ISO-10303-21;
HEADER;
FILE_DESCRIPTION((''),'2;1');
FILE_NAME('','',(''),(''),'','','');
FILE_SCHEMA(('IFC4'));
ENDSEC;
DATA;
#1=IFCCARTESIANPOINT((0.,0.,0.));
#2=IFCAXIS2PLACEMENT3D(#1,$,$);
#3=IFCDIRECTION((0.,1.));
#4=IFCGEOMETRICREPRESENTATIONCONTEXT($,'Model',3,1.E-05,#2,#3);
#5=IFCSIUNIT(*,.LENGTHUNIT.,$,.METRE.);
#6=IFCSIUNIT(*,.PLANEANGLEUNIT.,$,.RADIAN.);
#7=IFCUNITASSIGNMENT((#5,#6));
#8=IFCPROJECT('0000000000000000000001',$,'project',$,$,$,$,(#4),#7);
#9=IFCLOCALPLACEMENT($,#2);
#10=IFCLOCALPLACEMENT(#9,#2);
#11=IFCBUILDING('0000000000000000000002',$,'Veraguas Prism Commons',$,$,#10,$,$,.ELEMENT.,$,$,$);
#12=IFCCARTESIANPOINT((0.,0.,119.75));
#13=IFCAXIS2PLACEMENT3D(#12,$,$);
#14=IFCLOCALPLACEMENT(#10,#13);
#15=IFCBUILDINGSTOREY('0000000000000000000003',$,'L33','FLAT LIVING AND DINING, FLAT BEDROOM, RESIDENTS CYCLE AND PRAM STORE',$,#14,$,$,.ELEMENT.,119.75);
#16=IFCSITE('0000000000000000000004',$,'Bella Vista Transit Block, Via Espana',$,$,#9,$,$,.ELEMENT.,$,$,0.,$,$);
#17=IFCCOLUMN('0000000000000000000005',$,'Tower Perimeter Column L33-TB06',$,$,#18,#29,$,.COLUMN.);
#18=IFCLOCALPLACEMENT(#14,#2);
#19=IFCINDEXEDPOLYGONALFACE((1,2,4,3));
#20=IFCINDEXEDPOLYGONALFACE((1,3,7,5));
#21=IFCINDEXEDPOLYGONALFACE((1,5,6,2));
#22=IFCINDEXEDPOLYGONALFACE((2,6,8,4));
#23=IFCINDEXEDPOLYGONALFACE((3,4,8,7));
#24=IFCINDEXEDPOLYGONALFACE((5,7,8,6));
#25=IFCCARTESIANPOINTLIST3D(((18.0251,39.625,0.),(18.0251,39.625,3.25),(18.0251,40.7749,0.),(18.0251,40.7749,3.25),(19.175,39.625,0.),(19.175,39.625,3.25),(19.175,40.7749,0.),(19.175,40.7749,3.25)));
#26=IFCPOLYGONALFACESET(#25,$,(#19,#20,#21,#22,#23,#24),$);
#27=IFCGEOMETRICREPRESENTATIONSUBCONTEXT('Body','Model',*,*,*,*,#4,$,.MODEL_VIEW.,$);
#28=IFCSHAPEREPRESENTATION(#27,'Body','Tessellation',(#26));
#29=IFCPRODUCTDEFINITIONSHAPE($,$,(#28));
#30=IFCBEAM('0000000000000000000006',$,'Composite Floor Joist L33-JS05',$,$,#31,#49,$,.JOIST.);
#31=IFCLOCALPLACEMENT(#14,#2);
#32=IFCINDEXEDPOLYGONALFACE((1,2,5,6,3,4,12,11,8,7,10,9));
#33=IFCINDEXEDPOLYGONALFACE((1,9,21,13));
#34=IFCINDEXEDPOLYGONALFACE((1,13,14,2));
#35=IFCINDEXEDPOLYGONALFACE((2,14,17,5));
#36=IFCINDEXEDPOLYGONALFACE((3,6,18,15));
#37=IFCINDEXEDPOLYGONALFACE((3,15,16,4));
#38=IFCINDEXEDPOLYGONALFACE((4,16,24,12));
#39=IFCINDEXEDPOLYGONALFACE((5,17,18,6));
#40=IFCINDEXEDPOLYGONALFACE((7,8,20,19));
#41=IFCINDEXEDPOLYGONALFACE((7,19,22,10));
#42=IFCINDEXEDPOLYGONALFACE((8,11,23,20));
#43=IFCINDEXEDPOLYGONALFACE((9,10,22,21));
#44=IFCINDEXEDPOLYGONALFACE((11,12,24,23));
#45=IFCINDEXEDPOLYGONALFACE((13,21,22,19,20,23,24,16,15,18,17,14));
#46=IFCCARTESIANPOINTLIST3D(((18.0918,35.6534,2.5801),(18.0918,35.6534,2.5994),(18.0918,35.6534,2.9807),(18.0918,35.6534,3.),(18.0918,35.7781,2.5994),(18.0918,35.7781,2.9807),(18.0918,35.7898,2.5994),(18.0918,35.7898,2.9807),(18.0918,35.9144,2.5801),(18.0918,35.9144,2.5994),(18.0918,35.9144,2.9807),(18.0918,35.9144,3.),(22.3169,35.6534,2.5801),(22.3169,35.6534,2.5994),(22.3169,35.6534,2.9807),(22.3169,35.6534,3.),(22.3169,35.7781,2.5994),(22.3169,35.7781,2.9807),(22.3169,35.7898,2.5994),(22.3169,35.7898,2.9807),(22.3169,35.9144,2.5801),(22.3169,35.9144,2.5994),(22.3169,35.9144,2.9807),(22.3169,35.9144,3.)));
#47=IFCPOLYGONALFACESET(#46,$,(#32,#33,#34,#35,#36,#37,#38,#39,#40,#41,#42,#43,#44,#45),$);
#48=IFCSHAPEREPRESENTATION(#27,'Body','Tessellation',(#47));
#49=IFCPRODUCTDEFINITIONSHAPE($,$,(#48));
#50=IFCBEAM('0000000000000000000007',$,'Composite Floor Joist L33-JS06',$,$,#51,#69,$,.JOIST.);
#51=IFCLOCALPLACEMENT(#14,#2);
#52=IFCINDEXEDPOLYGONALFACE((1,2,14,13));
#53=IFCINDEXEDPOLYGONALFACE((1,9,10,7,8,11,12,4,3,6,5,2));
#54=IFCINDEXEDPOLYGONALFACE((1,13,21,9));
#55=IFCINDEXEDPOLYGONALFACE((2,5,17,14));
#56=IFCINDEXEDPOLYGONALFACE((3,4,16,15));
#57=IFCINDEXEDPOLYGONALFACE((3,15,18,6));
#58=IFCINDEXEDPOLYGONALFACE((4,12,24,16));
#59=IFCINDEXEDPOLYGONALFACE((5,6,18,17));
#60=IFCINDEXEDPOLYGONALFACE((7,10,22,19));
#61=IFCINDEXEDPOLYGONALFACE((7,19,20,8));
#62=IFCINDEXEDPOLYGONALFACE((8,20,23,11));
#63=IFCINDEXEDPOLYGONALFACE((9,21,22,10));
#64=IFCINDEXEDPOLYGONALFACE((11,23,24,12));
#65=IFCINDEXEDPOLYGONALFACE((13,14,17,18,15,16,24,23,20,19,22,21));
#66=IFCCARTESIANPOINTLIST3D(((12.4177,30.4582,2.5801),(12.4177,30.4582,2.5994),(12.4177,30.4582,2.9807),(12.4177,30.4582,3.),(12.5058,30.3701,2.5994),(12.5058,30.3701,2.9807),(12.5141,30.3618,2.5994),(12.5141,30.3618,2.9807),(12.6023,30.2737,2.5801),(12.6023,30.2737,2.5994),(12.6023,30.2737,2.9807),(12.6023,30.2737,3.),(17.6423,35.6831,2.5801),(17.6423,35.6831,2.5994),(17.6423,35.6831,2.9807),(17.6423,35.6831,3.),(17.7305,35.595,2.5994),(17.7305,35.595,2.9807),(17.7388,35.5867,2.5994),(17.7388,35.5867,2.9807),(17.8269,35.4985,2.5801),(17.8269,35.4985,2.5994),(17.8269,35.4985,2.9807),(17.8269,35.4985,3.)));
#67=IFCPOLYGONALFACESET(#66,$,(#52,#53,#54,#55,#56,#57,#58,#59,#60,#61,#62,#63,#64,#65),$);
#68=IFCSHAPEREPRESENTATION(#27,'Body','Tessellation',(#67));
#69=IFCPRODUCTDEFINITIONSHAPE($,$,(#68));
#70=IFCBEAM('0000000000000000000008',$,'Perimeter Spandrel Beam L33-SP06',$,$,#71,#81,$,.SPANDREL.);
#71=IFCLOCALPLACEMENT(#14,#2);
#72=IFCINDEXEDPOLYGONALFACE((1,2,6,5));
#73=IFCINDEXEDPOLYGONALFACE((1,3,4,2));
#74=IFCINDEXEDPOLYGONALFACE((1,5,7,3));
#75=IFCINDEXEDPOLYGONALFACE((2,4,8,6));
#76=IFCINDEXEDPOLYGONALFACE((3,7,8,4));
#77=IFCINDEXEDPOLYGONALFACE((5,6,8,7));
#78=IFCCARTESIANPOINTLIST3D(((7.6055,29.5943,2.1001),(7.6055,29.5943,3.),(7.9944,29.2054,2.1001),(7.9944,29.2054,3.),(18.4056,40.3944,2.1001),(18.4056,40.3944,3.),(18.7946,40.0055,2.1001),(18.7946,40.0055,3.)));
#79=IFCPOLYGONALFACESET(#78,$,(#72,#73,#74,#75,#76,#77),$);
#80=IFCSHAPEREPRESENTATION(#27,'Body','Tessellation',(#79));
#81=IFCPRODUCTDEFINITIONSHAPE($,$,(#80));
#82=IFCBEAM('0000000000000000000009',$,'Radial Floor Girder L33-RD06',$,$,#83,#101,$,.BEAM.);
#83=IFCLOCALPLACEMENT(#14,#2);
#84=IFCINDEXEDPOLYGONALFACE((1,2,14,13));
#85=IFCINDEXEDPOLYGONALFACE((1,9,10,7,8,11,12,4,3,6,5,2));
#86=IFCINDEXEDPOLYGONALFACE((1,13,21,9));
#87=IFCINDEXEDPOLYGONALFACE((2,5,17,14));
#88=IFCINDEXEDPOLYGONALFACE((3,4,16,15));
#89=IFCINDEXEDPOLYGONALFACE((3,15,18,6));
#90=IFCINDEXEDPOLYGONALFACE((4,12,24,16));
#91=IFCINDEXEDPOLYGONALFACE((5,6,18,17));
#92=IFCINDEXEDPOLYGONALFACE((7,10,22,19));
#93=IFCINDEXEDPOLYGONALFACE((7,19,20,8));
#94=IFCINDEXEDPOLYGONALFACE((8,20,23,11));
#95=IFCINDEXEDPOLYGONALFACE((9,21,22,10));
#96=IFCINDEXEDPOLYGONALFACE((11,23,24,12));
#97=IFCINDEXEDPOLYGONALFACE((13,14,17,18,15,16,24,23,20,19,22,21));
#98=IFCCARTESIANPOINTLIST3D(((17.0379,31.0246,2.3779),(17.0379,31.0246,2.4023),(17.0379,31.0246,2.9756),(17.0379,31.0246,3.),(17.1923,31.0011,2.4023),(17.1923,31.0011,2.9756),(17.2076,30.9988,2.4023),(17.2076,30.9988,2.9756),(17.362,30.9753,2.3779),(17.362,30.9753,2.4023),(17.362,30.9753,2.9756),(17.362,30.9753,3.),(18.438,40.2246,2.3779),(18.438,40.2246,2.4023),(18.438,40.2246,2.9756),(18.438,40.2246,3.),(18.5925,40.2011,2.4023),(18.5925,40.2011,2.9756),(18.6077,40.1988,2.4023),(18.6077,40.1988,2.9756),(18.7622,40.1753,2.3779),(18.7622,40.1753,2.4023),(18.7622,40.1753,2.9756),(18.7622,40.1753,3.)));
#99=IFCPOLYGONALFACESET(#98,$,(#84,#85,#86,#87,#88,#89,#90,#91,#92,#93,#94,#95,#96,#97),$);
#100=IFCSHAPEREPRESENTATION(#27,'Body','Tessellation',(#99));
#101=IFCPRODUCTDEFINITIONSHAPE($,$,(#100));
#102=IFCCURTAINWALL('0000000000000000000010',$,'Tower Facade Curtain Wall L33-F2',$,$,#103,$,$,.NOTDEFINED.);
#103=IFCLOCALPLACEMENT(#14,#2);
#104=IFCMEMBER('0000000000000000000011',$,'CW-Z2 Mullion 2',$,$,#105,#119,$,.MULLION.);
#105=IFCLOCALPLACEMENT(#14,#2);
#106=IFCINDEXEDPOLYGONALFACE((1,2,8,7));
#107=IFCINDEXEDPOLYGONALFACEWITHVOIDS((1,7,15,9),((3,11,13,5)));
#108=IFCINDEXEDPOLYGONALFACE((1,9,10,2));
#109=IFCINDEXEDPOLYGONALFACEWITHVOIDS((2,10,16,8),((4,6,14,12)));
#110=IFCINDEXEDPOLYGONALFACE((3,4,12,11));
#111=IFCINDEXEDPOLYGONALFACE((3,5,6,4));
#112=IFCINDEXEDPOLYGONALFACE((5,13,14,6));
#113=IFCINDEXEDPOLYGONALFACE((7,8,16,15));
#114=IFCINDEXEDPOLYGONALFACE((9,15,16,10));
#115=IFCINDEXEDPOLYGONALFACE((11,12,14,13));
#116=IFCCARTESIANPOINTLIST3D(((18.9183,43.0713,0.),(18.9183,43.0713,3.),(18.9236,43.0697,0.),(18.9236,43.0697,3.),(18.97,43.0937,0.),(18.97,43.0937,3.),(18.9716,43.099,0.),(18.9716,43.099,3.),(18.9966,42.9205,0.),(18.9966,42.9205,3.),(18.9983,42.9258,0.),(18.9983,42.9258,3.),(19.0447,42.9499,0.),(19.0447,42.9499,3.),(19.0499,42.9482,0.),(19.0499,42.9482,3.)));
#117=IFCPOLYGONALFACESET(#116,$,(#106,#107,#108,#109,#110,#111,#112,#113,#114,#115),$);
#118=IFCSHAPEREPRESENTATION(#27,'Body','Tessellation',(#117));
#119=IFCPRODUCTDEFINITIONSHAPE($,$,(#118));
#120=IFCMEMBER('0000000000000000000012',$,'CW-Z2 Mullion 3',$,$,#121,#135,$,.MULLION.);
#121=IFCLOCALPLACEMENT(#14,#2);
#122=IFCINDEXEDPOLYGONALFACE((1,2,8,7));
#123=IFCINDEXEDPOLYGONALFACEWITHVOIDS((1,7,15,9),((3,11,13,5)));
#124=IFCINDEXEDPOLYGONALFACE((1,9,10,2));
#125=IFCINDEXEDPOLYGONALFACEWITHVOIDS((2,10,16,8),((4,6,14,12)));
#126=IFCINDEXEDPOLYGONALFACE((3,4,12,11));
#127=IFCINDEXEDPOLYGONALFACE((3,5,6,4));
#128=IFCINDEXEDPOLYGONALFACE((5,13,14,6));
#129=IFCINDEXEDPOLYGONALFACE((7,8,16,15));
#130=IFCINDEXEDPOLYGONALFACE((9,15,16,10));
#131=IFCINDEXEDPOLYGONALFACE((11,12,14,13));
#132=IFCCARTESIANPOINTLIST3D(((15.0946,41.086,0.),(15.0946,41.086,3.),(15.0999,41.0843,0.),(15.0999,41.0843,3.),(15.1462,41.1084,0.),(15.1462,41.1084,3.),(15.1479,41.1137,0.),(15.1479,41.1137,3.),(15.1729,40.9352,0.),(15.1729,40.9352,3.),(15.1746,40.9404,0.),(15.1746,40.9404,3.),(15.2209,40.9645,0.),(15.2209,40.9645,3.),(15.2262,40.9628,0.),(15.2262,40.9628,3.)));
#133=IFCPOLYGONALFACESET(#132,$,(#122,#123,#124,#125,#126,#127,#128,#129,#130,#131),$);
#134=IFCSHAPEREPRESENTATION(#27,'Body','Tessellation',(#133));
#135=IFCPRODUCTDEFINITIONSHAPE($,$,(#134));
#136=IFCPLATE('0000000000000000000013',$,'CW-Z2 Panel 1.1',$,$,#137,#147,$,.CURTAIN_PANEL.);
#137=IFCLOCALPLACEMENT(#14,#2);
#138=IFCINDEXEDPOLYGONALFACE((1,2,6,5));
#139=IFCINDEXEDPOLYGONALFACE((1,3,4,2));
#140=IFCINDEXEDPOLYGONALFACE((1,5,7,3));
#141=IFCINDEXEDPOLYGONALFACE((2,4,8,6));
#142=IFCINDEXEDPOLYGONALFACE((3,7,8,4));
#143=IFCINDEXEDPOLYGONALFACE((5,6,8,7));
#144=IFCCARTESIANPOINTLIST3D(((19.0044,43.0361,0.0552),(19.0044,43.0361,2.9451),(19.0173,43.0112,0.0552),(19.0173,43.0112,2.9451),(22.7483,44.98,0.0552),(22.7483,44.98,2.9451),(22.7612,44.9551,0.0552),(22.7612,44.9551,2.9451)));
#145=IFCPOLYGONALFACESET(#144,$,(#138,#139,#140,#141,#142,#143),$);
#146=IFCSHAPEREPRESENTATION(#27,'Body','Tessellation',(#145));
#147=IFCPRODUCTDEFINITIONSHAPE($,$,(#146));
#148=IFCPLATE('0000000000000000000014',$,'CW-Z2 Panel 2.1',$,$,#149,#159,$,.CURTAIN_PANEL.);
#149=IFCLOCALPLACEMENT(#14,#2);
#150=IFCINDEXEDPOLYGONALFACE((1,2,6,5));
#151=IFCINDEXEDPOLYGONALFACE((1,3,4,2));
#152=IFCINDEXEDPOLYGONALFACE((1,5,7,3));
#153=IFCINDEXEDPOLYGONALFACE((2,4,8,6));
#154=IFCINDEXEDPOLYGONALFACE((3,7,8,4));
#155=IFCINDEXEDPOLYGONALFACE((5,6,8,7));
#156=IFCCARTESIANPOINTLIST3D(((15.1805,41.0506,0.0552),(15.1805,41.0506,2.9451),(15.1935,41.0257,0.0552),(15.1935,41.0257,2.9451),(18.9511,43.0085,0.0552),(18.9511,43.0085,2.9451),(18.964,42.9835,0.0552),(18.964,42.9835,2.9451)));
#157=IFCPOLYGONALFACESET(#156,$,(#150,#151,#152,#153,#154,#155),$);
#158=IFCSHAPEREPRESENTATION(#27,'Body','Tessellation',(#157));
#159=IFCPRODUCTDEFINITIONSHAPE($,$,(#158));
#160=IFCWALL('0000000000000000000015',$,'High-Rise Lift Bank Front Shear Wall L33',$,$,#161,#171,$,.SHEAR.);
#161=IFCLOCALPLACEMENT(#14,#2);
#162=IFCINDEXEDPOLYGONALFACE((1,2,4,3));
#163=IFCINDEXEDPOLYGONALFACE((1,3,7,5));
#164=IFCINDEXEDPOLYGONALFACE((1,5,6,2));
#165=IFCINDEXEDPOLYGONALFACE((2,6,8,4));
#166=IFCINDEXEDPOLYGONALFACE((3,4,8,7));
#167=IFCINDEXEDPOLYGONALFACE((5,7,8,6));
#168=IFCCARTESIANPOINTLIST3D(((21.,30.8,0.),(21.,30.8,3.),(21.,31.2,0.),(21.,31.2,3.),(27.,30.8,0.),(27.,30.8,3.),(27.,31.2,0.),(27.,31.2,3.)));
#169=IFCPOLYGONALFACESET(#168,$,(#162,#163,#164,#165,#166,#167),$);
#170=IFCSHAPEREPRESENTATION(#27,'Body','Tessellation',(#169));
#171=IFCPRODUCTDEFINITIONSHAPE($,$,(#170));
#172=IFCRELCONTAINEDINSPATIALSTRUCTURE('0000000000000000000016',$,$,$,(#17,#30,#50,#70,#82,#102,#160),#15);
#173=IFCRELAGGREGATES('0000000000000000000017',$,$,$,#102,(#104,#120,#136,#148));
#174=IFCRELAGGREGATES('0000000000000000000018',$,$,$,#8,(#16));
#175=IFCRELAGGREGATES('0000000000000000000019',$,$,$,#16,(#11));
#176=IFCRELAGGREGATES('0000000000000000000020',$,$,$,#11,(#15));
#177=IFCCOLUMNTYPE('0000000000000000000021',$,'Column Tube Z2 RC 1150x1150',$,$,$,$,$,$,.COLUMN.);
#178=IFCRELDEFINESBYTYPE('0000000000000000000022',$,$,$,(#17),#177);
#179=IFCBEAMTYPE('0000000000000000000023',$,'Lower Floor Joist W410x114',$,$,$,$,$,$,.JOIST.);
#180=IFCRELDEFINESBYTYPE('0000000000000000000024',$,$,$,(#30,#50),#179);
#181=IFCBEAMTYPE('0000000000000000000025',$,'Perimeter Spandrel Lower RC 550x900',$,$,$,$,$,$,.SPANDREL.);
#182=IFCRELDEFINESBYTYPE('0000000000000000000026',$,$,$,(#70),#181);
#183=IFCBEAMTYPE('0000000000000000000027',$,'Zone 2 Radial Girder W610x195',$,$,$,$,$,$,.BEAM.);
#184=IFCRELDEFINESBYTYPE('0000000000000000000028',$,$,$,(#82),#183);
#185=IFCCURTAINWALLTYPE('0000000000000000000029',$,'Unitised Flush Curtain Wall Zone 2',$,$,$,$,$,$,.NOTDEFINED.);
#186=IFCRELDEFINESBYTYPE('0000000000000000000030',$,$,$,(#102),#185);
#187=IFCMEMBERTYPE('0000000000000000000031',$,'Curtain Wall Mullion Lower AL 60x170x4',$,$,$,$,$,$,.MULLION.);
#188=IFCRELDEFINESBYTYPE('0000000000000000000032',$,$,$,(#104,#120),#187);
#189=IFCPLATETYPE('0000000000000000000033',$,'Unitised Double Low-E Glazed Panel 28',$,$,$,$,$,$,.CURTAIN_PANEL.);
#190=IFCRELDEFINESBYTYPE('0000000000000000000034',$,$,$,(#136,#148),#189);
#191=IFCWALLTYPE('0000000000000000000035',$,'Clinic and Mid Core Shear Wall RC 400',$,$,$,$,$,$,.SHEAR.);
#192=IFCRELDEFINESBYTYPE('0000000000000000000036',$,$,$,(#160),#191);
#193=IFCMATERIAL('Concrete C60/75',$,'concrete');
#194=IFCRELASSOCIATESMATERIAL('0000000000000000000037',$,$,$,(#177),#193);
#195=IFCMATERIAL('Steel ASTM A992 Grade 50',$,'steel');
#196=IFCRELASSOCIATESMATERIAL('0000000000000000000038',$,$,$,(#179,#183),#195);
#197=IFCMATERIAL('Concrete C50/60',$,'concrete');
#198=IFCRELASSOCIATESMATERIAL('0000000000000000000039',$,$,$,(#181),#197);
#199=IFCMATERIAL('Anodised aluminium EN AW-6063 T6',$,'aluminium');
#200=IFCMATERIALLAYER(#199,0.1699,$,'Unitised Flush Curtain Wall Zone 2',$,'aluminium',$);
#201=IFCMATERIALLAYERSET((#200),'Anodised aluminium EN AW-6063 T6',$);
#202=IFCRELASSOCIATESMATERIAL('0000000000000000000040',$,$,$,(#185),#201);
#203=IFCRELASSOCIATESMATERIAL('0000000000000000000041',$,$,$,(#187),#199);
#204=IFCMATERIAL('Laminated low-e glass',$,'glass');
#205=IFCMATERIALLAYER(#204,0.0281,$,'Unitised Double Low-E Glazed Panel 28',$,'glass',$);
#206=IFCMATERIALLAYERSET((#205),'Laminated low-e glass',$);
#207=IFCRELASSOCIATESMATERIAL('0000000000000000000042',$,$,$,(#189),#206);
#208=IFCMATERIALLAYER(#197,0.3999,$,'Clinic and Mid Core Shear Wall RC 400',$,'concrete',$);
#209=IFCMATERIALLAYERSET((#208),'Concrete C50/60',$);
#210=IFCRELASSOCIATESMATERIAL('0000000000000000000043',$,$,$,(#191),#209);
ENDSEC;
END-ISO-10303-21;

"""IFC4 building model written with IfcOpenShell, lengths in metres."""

from ifc_helpers import new_model, si_unit, direction, frame, frame_2d, origin, origin_2d, place, context, subcontext, project, spatial, rectangle, hollow_rectangle, i_section, extrude, source, transform, mapped, material, layer, layer_set, material_profile, profile_set, type_object, element, aggregate, save


model = new_model("IFC4")

# Units and contexts
model_context = context("Model", 3, precision=1e-05, world=origin(), true_north=direction((0.0, 1.0)))
body_context = subcontext(model_context, "Body", "Model", "MODEL_VIEW")
ifc_project = project(units=[si_unit("LENGTHUNIT", "METRE"), si_unit("PLANEANGLEUNIT", "RADIAN")], contexts=[model_context])

# Site, building, storey
site_placement = place(None, origin())
site = spatial("IfcSite", under=ifc_project, at=site_placement, Name="Bella Vista Transit Block, Via Espana", CompositionType="ELEMENT", RefElevation=0.0)
building_placement = place(site_placement, origin())
building = spatial("IfcBuilding", under=site, at=building_placement, Name="Veraguas Prism Commons", CompositionType="ELEMENT")
storey_placement = place(building_placement, frame((0.0, 0.0, 119.75)))
storey = spatial("IfcBuildingStorey", under=building, at=storey_placement, Name="L33", Description="FLAT LIVING AND DINING, FLAT BEDROOM, RESIDENTS CYCLE AND PRAM STORE", CompositionType="ELEMENT", Elevation=119.75)

# Column
ifc_material_1 = material(Name="Concrete C60/75", Category="concrete")
ifc_material_profile_1 = material_profile(ifc_material_1, rectangle(XDim=1.1499, YDim=1.1499, at=origin_2d()), Name="RC1150X1150")
ifc_profile_set_1 = profile_set([ifc_material_profile_1], Name="Concrete C60/75")
column_type = type_object("IfcColumnType", Name="Column Tube Z2 RC 1150x1150", PredefinedType="COLUMN", material=ifc_profile_set_1)
column_placement = place(storey_placement, frame((18.6001, 40.2, 0.0), z_axis=(0.0, 0.0, 1.0), x_axis=(1.0, 0.0, 0.0)))
element("IfcColumn", 1, at=column_placement, inside=storey, type_object=column_type, Name="Tower Perimeter Column L33-TB06", PredefinedType="COLUMN", context=body_context, shape_type="SweptSolid", body=[
    extrude(rectangle(XDim=1.1499, YDim=1.1499, at=origin_2d()), origin(), (0.0, 0.0, 1.0), 3.25),
])

# Beams
ifc_material_2 = material(Name="Steel ASTM A992 Grade 50", Category="steel")
ifc_material_profile_2 = material_profile(ifc_material_2, i_section(OverallWidth=0.261, OverallDepth=0.4199, WebThickness=0.0117, FlangeThickness=0.0193, at=origin_2d()), Name="W410X114")
ifc_profile_set_2 = profile_set([ifc_material_profile_2], Name="Steel ASTM A992 Grade 50")
beam_type_1 = type_object("IfcBeamType", Name="Lower Floor Joist W410x114", PredefinedType="JOIST", material=ifc_profile_set_2)
beam_1_placement = place(storey_placement, frame((22.3169, 35.7839, 2.79), z_axis=(-1.0, 0.0, 0.0), x_axis=(0.0, -1.0, 0.0)))
element("IfcBeam", 2, at=beam_1_placement, inside=storey, type_object=beam_type_1, Name="Composite Floor Joist L33-JS05", PredefinedType="JOIST", context=body_context, shape_type="SweptSolid", body=[
    extrude(i_section(OverallWidth=0.261, OverallDepth=0.4199, WebThickness=0.0117, FlangeThickness=0.0193, at=origin_2d()), origin(), (0.0, 0.0, 1.0), 4.2251),
])
beam_2_placement = place(storey_placement, frame((17.7346, 35.5908, 2.79), z_axis=(-0.70709, -0.707123, 0.0), x_axis=(0.707123, -0.70709, 0.0)))
element("IfcBeam", 3, at=beam_2_placement, inside=storey, type_object=beam_type_1, Name="Composite Floor Joist L33-JS06", PredefinedType="JOIST", context=body_context, shape_type="SweptSolid", body=[
    extrude(i_section(OverallWidth=0.261, OverallDepth=0.4199, WebThickness=0.0117, FlangeThickness=0.0193, at=origin_2d()), origin(), (0.0, 0.0, 1.0), 7.3889),
])
ifc_material_3 = material(Name="Concrete C50/60", Category="concrete")
ifc_material_profile_3 = material_profile(ifc_material_3, rectangle(XDim=0.55, YDim=0.8999, at=origin_2d()), Name="RC550X900")
ifc_profile_set_3 = profile_set([ifc_material_profile_3], Name="Concrete C50/60")
beam_type_2 = type_object("IfcBeamType", Name="Perimeter Spandrel Lower RC 550x900", PredefinedType="SPANDREL", material=ifc_profile_set_3)
beam_3_placement = place(storey_placement, frame((18.6001, 40.2, 2.55), z_axis=(-0.707107, -0.707107, 0.0), x_axis=(0.707107, -0.707107, 0.0)))
element("IfcBeam", 4, at=beam_3_placement, inside=storey, type_object=beam_type_2, Name="Perimeter Spandrel Beam L33-SP06", PredefinedType="SPANDREL", context=body_context, shape_type="SweptSolid", body=[
    extrude(rectangle(XDim=0.55, YDim=0.8999, at=origin_2d()), origin(), (0.0, 0.0, 1.0), 15.2737),
])
ifc_material_profile_4 = material_profile(ifc_material_2, i_section(OverallWidth=0.3279, OverallDepth=0.6221, WebThickness=0.0154, FlangeThickness=0.0244, at=origin_2d()), Name="W610X195")
ifc_profile_set_4 = profile_set([ifc_material_profile_4], Name="Steel ASTM A992 Grade 50")
beam_type_3 = type_object("IfcBeamType", Name="Zone 2 Radial Girder W610x195", PredefinedType="BEAM", material=ifc_profile_set_4)
beam_4_placement = place(storey_placement, frame((18.6001, 40.2, 2.689), z_axis=(-0.150458, -0.988616, 0.0), x_axis=(0.988616, -0.150458, 0.0)))
element("IfcBeam", 5, at=beam_4_placement, inside=storey, type_object=beam_type_3, Name="Radial Floor Girder L33-RD06", PredefinedType="BEAM", context=body_context, shape_type="SweptSolid", body=[
    extrude(i_section(OverallWidth=0.3279, OverallDepth=0.6221, WebThickness=0.0154, FlangeThickness=0.0244, at=origin_2d()), origin(), (0.0, 0.0, 1.0), 9.3059),
])

# Curtain wall, members, plates
ifc_material_4 = material(Name="Anodised aluminium EN AW-6063 T6", Category="aluminium")
ifc_layer_1 = layer(ifc_material_4, 0.1699, Name="Unitised Flush Curtain Wall Zone 2", Category="aluminium")
ifc_layer_set_1 = layer_set([ifc_layer_1], Name="Anodised aluminium EN AW-6063 T6")
curtain_wall_type = type_object("IfcCurtainWallType", Name="Unitised Flush Curtain Wall Zone 2", PredefinedType="NOTDEFINED", material=ifc_layer_set_1)
curtain_wall_placement = place(storey_placement, origin())
curtain_wall = element("IfcCurtainWall", 6, at=curtain_wall_placement, inside=storey, type_object=curtain_wall_type, Name="Tower Facade Curtain Wall L33-F2", PredefinedType="NOTDEFINED")
ifc_material_profile_5 = material_profile(ifc_material_4, hollow_rectangle(XDim=0.0601, YDim=0.1699, WallThickness=0.0039, at=origin_2d()), Name="AL60X170X4")
ifc_profile_set_5 = profile_set([ifc_material_profile_5], Name="Anodised aluminium EN AW-6063 T6")
member_type = type_object("IfcMemberType", Name="Curtain Wall Mullion Lower AL 60x170x4", PredefinedType="MULLION", material=ifc_profile_set_5)
shared_shape_1 = source(origin(), body_context, "Body", "SweptSolid", [
    extrude(hollow_rectangle(XDim=0.0601, YDim=0.1699, WallThickness=0.0039, at=origin_2d()), origin(), (0.0, 0.0, 1.0), 3.0),
])
member_1_placement = place(storey_placement, frame((18.9841, 43.0098, 0.0), z_axis=(0.0, 0.0, 1.0), x_axis=(-0.887494, -0.460819, 0.0)))
member_1 = element("IfcMember", 7, at=member_1_placement, type_object=member_type, Name="CW-Z2 Mullion 2", PredefinedType="MULLION", context=body_context, shape_type="MappedRepresentation", body=[
    mapped(shared_shape_1, transform((0.0, 0.0, 0.0), scale=1.0)),
])
member_2_placement = place(storey_placement, frame((15.1604, 41.0244, 0.0), z_axis=(0.0, 0.0, 1.0), x_axis=(-0.887494, -0.460819, 0.0)))
member_2 = element("IfcMember", 8, at=member_2_placement, type_object=member_type, Name="CW-Z2 Mullion 3", PredefinedType="MULLION", context=body_context, shape_type="MappedRepresentation", body=[
    mapped(shared_shape_1, transform((0.0, 0.0, 0.0), scale=1.0)),
])
ifc_material_5 = material(Name="Laminated low-e glass", Category="glass")
ifc_layer_2 = layer(ifc_material_5, 0.0281, Name="Unitised Double Low-E Glazed Panel 28", Category="glass")
ifc_layer_set_2 = layer_set([ifc_layer_2], Name="Laminated low-e glass")
plate_type = type_object("IfcPlateType", Name="Unitised Double Low-E Glazed Panel 28", PredefinedType="CURTAIN_PANEL", material=ifc_layer_set_2)
shared_shape_2 = source(origin(), body_context, "Body", "SweptSolid", [
    extrude(rectangle(XDim=4.2185, YDim=0.0281, at=origin_2d()), origin(), (0.0, 0.0, 1.0), 2.8899),
])
plate_1_placement = place(storey_placement, frame((20.8828, 43.9956, 0.0552), z_axis=(0.0, 0.0, 1.0), x_axis=(-0.887494, -0.460819, 0.0)))
plate_1 = element("IfcPlate", 9, at=plate_1_placement, type_object=plate_type, Name="CW-Z2 Panel 1.1", PredefinedType="CURTAIN_PANEL", context=body_context, shape_type="MappedRepresentation", body=[
    mapped(shared_shape_2, transform((0.0, 0.0, 0.0), scale=1.0)),
])
shared_shape_3 = source(origin(), body_context, "Body", "SweptSolid", [
    extrude(rectangle(XDim=4.2485, YDim=0.0281, at=origin_2d()), origin(), (0.0, 0.0, 1.0), 2.8899),
])
plate_2_placement = place(storey_placement, frame((17.0723, 42.0171, 0.0552), z_axis=(0.0, 0.0, 1.0), x_axis=(-0.887494, -0.460819, 0.0)))
plate_2 = element("IfcPlate", 10, at=plate_2_placement, type_object=plate_type, Name="CW-Z2 Panel 2.1", PredefinedType="CURTAIN_PANEL", context=body_context, shape_type="MappedRepresentation", body=[
    mapped(shared_shape_3, transform((0.0, 0.0, 0.0), scale=1.0)),
])
aggregate(curtain_wall, [member_1, member_2, plate_1, plate_2])

# Wall
ifc_layer_3 = layer(ifc_material_3, 0.3999, Name="Clinic and Mid Core Shear Wall RC 400", Category="concrete")
ifc_layer_set_3 = layer_set([ifc_layer_3], Name="Concrete C50/60")
wall_type_1 = type_object("IfcWallType", Name="Clinic and Mid Core Shear Wall RC 400", PredefinedType="SHEAR", material=ifc_layer_set_3)
wall_1_placement = place(storey_placement, frame((21.0, 31.0, 0.0), z_axis=(0.0, 0.0, 1.0), x_axis=(1.0, 0.0, 0.0)))
element("IfcWall", 11, at=wall_1_placement, inside=storey, type_object=wall_type_1, Name="High-Rise Lift Bank Front Shear Wall L33", PredefinedType="SHEAR", context=body_context, shape_type="SweptSolid", body=[
    extrude(rectangle(XDim=6.0, YDim=0.3999, at=frame_2d((3.0, 0.0))), origin(), (0.0, 0.0, 1.0), 3.0),
])

save(model, "model.ifc")
